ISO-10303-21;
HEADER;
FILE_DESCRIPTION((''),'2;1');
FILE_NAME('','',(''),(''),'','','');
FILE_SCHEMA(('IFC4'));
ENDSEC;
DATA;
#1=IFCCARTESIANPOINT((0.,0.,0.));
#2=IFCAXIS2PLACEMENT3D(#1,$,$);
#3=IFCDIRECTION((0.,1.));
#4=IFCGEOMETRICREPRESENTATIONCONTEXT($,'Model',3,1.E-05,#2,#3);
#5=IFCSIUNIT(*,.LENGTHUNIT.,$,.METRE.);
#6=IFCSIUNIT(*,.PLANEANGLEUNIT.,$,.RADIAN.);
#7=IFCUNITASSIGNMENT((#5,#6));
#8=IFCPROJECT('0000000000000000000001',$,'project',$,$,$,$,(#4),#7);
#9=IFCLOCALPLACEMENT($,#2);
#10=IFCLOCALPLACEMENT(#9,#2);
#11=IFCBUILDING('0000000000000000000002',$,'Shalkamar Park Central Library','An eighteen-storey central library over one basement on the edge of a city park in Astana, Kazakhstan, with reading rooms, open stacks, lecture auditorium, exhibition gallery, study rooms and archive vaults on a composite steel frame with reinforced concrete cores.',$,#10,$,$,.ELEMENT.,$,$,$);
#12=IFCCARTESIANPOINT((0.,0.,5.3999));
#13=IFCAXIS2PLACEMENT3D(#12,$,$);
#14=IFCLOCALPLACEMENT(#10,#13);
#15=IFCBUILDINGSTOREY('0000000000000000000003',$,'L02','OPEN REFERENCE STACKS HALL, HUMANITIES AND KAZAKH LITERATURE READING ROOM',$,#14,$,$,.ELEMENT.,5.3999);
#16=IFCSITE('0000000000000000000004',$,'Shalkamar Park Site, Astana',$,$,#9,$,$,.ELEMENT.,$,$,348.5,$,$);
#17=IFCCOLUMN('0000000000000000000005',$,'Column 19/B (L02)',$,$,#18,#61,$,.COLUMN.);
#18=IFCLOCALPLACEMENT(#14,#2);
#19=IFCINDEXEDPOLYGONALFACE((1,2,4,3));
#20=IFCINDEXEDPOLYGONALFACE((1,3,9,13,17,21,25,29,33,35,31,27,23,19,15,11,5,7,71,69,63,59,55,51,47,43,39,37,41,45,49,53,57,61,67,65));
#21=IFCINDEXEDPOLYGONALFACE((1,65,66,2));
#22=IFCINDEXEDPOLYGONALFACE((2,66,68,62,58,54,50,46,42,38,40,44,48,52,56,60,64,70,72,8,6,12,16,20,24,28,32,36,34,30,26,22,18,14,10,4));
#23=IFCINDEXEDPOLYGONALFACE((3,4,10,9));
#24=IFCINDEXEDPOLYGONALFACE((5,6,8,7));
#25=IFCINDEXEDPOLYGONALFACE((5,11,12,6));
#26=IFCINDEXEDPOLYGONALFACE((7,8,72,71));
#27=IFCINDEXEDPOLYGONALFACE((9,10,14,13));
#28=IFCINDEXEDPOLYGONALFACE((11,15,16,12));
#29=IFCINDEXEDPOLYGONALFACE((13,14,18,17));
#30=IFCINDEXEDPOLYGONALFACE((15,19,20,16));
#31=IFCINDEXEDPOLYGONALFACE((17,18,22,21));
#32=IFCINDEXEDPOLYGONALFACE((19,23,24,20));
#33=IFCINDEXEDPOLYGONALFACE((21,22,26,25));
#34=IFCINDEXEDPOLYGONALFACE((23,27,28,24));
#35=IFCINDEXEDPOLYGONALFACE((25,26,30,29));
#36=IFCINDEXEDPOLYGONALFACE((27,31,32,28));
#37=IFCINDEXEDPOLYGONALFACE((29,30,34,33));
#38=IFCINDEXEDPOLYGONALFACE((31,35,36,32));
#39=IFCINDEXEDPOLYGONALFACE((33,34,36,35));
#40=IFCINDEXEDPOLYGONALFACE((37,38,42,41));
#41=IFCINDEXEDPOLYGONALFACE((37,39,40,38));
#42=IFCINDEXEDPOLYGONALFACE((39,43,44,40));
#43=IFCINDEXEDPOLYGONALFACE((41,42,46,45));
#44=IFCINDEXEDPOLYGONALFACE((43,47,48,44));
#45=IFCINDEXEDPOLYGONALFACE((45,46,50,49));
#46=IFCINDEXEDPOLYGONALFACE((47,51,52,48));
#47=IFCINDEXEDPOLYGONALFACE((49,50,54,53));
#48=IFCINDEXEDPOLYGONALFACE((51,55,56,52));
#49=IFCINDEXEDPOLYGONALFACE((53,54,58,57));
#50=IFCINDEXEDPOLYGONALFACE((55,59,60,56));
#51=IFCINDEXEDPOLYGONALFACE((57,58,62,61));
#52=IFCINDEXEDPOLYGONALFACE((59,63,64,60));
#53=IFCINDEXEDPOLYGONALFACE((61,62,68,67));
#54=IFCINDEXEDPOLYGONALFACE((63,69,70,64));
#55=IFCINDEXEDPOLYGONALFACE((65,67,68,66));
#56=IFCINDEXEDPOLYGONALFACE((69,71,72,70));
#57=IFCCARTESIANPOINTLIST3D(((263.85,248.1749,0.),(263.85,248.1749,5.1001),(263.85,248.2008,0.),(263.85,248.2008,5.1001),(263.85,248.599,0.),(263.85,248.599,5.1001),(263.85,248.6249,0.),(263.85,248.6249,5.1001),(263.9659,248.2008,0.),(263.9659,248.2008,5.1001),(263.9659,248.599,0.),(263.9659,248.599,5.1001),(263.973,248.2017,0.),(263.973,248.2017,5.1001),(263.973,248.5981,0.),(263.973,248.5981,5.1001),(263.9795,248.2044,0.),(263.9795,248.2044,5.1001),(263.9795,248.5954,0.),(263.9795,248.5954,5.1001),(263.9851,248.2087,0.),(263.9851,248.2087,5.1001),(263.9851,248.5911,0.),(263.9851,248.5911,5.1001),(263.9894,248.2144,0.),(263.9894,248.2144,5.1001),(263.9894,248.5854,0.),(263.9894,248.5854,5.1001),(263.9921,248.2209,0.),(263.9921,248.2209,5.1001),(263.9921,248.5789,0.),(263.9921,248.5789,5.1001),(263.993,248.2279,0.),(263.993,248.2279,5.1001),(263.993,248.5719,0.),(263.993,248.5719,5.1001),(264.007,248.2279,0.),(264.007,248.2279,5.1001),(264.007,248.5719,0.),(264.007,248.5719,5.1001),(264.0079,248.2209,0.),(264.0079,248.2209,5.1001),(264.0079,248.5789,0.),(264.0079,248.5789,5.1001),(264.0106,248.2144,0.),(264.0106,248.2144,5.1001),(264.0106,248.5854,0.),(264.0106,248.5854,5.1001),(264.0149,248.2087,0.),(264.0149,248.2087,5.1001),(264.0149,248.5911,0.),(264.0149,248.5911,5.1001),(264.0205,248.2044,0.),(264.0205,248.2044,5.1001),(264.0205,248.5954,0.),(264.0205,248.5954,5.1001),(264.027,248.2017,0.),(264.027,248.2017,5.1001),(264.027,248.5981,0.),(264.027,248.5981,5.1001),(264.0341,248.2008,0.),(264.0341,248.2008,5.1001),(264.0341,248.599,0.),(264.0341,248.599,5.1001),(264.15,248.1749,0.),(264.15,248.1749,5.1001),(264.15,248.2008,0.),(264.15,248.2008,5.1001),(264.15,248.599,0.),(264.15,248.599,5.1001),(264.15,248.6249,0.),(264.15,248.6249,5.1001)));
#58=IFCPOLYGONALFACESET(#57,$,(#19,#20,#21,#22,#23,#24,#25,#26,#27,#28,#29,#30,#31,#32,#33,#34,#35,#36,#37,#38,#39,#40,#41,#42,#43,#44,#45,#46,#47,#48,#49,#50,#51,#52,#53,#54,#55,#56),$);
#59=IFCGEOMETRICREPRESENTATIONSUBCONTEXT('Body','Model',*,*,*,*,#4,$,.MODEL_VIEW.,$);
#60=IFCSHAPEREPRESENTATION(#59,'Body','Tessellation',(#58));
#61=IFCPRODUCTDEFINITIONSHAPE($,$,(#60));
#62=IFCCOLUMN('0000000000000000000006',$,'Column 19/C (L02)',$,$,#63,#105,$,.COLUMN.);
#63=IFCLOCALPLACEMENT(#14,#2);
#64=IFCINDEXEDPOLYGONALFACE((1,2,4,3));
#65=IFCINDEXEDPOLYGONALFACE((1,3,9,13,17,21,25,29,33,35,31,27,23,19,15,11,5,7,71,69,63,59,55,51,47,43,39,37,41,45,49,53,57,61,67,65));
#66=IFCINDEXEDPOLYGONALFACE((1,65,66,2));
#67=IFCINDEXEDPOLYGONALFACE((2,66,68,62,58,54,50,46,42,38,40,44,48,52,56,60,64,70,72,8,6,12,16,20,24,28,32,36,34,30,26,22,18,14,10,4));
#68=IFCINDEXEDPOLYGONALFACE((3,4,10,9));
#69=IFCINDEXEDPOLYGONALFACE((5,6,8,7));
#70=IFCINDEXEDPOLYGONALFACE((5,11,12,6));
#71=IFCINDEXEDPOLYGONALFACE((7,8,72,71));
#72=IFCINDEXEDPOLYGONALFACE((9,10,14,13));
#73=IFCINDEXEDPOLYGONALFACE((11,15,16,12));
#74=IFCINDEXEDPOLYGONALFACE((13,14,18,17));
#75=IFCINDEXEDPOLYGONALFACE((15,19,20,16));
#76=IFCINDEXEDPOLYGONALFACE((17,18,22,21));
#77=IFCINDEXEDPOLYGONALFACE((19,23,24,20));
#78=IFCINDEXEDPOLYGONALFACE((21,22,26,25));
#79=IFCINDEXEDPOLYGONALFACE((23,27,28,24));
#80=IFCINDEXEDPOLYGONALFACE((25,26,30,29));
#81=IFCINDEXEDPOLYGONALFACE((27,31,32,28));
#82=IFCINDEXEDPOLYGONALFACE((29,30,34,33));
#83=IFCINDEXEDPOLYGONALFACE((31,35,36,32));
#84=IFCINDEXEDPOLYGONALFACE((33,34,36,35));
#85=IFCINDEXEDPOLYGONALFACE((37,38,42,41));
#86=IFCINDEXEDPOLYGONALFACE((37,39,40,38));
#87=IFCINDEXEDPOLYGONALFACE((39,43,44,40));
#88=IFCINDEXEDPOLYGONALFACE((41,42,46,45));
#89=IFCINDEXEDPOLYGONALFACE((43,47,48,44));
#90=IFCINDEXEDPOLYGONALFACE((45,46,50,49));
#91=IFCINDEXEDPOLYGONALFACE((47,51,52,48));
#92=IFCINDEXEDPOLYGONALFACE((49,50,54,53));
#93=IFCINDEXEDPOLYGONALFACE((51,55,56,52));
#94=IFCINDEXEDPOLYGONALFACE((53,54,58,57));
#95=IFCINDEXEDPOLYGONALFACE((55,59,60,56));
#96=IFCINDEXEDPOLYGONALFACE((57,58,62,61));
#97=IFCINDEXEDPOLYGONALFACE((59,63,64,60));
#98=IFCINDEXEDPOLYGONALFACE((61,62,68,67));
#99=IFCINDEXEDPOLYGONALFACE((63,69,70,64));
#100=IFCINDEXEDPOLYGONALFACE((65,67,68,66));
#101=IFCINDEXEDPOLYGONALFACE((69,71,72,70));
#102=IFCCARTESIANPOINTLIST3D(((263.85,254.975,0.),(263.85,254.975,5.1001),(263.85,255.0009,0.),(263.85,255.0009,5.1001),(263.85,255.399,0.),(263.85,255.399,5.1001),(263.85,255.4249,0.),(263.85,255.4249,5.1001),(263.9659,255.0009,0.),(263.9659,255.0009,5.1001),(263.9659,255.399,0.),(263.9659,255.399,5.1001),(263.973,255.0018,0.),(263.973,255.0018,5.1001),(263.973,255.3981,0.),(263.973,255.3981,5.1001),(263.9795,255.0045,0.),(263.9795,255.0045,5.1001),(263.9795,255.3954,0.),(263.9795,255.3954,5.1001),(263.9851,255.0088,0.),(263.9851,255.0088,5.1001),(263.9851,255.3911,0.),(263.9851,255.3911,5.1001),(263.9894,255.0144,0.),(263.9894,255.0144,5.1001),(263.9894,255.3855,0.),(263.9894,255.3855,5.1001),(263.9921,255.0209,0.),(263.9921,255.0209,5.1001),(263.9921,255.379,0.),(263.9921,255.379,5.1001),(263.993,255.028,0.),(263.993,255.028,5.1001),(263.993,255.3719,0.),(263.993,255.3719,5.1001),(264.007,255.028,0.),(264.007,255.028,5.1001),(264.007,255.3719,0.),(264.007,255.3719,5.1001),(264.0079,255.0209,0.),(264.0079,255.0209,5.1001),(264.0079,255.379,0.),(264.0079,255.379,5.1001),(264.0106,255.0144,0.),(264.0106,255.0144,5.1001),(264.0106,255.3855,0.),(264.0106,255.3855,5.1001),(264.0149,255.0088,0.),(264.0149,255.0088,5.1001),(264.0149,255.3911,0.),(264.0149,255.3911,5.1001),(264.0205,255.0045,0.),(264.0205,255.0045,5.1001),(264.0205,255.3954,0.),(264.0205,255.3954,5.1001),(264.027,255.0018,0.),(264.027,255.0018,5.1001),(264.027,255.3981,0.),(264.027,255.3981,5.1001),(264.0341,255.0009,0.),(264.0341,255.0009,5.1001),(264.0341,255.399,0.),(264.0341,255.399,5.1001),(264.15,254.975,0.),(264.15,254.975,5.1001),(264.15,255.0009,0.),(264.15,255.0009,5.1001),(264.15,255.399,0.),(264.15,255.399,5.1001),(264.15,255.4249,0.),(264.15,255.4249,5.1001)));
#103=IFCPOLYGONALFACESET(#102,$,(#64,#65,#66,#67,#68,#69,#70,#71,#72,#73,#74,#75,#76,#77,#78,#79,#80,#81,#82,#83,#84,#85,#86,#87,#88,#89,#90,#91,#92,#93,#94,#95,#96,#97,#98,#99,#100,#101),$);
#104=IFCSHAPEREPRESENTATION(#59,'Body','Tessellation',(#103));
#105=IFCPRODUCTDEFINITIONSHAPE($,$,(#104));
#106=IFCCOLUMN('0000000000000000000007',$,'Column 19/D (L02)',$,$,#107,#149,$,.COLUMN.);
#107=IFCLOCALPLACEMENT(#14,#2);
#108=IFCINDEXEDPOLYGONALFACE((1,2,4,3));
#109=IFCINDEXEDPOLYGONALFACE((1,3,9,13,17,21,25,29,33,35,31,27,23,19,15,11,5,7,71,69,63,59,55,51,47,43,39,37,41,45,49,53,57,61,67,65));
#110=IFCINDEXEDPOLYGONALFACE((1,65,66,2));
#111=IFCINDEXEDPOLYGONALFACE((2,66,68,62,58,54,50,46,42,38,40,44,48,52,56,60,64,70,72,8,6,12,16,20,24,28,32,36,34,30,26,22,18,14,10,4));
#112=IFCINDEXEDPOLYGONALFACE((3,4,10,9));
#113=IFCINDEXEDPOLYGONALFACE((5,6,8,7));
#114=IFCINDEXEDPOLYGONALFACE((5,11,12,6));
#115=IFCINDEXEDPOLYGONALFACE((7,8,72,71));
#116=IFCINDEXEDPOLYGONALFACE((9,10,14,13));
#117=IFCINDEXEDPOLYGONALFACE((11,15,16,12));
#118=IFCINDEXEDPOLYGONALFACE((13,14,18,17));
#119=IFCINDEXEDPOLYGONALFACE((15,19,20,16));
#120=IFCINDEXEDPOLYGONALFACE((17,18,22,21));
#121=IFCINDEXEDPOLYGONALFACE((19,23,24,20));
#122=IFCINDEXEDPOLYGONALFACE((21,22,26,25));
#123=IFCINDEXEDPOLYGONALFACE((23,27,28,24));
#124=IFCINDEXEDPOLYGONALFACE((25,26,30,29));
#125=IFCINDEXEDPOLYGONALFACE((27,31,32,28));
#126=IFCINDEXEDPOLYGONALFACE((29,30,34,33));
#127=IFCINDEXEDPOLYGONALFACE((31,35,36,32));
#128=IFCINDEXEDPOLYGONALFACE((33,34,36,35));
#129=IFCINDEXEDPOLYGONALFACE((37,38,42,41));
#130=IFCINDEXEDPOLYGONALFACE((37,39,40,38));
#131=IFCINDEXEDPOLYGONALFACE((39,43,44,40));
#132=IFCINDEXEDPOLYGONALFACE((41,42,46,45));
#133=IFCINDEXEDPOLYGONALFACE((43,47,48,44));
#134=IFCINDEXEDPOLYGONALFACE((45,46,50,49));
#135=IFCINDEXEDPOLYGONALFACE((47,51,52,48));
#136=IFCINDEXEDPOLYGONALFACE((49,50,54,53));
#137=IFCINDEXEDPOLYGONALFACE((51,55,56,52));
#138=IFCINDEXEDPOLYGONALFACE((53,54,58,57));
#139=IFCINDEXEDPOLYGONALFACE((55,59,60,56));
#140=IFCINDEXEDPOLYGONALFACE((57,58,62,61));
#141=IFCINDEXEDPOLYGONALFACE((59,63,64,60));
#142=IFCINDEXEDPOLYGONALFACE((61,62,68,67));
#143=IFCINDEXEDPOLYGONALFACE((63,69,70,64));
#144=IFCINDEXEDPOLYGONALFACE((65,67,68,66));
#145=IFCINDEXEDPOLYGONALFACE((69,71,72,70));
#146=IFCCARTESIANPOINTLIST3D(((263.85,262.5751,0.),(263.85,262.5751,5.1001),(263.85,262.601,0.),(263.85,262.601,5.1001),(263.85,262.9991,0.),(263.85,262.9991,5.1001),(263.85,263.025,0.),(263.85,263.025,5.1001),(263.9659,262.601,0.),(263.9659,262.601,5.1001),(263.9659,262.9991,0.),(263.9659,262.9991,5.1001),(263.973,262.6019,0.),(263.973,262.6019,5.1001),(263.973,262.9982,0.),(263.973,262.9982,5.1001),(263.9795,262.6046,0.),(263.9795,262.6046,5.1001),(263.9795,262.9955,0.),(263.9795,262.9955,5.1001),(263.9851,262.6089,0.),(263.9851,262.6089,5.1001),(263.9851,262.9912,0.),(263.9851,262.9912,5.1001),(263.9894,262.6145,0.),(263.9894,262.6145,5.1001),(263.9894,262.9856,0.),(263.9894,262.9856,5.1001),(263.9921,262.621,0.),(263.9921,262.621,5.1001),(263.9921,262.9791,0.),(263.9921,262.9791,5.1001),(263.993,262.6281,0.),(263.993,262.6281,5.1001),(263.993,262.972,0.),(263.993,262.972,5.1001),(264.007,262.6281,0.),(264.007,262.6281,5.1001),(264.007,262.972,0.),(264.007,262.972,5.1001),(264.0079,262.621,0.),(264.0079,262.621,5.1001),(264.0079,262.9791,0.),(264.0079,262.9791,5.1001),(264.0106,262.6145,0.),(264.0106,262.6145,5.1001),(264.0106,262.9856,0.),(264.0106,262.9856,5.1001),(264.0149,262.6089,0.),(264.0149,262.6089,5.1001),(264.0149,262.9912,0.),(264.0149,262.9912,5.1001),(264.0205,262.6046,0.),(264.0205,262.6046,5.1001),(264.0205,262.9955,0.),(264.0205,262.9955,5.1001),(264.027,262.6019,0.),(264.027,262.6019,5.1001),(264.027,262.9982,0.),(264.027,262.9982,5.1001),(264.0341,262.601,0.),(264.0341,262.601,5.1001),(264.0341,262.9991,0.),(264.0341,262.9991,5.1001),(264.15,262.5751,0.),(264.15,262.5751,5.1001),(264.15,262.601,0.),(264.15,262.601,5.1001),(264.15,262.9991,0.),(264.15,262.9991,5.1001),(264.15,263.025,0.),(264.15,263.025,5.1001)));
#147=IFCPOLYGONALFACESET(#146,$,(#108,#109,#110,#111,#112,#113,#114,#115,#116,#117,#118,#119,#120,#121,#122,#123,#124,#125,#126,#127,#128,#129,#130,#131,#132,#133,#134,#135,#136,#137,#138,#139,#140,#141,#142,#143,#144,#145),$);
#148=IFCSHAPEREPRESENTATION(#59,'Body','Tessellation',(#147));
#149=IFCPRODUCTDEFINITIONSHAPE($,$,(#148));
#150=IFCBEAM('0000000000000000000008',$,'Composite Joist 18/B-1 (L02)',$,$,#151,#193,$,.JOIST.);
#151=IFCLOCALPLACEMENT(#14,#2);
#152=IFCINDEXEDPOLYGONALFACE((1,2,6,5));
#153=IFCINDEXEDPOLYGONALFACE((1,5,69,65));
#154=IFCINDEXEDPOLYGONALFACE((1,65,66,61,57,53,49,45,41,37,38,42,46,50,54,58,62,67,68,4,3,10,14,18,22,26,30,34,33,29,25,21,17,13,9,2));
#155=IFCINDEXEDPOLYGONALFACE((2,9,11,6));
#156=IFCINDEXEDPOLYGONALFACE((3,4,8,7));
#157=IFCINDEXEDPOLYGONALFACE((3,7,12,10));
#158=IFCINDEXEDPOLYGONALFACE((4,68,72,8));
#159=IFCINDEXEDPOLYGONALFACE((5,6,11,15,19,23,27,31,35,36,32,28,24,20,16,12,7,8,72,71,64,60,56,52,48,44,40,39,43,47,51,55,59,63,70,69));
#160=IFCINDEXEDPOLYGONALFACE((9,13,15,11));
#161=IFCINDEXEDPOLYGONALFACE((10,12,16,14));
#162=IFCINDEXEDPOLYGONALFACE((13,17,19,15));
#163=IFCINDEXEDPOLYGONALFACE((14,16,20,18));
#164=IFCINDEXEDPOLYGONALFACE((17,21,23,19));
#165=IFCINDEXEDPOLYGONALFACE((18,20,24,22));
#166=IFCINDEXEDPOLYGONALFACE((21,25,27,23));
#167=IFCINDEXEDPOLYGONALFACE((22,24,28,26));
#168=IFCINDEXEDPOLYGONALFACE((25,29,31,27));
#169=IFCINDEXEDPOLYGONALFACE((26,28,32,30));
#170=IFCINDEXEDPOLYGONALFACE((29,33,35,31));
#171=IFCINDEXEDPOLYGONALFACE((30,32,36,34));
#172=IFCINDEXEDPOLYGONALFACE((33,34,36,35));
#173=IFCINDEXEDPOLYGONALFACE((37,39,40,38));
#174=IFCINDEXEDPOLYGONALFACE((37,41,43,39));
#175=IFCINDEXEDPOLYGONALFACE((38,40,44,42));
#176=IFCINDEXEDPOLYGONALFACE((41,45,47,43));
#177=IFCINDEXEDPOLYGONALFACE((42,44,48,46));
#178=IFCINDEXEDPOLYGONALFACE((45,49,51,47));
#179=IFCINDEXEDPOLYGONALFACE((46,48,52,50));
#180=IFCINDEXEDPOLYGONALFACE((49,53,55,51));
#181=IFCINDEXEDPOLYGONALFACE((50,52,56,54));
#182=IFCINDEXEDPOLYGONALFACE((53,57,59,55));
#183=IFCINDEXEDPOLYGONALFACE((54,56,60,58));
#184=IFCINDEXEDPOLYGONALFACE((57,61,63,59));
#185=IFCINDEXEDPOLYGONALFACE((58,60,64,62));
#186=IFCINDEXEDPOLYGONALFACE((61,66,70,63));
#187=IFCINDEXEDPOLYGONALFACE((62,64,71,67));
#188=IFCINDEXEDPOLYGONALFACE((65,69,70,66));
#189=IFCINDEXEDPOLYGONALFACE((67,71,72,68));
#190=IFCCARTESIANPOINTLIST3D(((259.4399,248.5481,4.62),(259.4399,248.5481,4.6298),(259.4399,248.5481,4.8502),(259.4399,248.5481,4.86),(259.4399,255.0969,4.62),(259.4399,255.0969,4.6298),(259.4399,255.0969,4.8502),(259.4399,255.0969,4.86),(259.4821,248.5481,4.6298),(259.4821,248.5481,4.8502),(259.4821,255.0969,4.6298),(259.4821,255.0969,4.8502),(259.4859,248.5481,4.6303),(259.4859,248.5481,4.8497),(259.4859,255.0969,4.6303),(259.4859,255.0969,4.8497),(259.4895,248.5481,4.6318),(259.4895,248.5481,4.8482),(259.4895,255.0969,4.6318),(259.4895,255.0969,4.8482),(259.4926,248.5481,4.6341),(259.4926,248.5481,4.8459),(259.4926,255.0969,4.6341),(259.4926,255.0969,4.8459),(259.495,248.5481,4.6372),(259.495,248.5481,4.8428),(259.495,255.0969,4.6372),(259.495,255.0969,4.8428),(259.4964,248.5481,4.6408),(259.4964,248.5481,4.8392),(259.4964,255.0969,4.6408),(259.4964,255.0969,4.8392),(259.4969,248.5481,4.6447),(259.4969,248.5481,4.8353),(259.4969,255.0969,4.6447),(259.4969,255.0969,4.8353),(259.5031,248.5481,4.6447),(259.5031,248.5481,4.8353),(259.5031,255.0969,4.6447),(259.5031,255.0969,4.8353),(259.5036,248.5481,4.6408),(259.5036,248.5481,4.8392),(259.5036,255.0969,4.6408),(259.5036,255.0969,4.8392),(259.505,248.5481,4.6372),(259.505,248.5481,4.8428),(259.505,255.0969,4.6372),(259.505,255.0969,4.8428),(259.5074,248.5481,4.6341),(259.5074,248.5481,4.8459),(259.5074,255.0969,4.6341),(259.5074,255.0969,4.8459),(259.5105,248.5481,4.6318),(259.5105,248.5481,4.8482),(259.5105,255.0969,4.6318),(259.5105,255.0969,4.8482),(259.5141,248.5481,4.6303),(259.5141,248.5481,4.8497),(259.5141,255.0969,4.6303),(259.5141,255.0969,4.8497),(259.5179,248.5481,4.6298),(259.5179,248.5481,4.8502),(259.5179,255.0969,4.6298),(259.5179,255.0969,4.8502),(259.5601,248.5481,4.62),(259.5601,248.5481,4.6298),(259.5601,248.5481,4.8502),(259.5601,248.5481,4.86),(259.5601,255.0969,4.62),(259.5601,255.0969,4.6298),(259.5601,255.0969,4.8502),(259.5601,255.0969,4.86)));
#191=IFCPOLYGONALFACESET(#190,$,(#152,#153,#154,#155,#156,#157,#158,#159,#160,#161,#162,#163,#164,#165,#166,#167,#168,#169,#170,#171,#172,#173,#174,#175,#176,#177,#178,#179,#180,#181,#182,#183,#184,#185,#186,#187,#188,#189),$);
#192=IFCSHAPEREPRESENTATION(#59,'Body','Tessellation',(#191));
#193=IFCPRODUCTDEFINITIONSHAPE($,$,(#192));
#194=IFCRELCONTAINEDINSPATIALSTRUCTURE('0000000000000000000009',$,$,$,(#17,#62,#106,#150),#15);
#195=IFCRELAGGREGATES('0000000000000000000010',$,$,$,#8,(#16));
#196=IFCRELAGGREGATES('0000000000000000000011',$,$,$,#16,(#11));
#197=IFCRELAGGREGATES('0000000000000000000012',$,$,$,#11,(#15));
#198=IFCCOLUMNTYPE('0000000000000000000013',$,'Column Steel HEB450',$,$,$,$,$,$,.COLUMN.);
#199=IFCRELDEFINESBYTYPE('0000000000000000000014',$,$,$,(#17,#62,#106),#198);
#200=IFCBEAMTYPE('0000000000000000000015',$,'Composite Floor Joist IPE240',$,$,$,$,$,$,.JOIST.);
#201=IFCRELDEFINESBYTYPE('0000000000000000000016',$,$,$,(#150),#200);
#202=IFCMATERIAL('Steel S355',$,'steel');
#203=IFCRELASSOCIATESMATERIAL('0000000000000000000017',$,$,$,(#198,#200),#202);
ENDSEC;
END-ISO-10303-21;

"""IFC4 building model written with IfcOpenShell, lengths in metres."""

from ifc_helpers import new_model, si_unit, direction, frame, origin, origin_2d, place, context, subcontext, project, spatial, i_section, extrude, material, material_profile, profile_set, type_object, element, save


model = new_model("IFC4")

# Units and contexts
model_context = context("Model", 3, precision=1e-05, world=origin(), true_north=direction((0.0, 1.0)))
body_context = subcontext(model_context, "Body", "Model", "MODEL_VIEW")
ifc_project = project(units=[si_unit("LENGTHUNIT", "METRE"), si_unit("PLANEANGLEUNIT", "RADIAN")], contexts=[model_context])

# Site, building, storey
site_placement = place(None, origin())
site = spatial("IfcSite", under=ifc_project, at=site_placement, Name="Shalkamar Park Site, Astana", CompositionType="ELEMENT", RefElevation=348.5)
building_placement = place(site_placement, origin())
building = spatial("IfcBuilding", under=site, at=building_placement, Name="Shalkamar Park Central Library", Description="An eighteen-storey central library over one basement on the edge of a city park in Astana, Kazakhstan, with reading rooms, open stacks, lecture auditorium, exhibition gallery, study rooms and archive vaults on a composite steel frame with reinforced concrete cores.", CompositionType="ELEMENT")
storey_placement = place(building_placement, frame((0.0, 0.0, 5.3999)))
storey = spatial("IfcBuildingStorey", under=building, at=storey_placement, Name="L02", Description="OPEN REFERENCE STACKS HALL, HUMANITIES AND KAZAKH LITERATURE READING ROOM", CompositionType="ELEMENT", Elevation=5.3999)

# Columns
ifc_material_1 = material(Name="Steel S355", Category="steel")
ifc_material_profile_1 = material_profile(ifc_material_1, i_section(OverallWidth=0.3, OverallDepth=0.45, WebThickness=0.0139, FlangeThickness=0.0259, FilletRadius=0.0271, at=origin_2d()), Name="HEB 450")
ifc_profile_set_1 = profile_set([ifc_material_profile_1], Name="Steel S355")
column_type = type_object("IfcColumnType", Name="Column Steel HEB450", PredefinedType="COLUMN", material=ifc_profile_set_1)
for number, where, z_axis, x_axis, name in (
    (1, (264.0, 248.3999, 0.0), (0.0, 0.0, 1.0), (1.0, 0.0, 0.0), "Column 19/B (L02)"),
    (2, (264.0, 255.2, 0.0), (0.0, 0.0, 1.0), (1.0, 0.0, 0.0), "Column 19/C (L02)"),
    (3, (264.0, 262.8, 0.0), (0.0, 0.0, 1.0), (1.0, 0.0, 0.0), "Column 19/D (L02)"),
):
    element("IfcColumn", number, at=place(storey_placement, frame(where, z_axis=z_axis, x_axis=x_axis)), inside=storey, type_object=column_type, Name=name, PredefinedType="COLUMN", context=body_context, shape_type="SweptSolid", body=[
        extrude(i_section(OverallWidth=0.3, OverallDepth=0.45, WebThickness=0.0139, FlangeThickness=0.0259, FilletRadius=0.0271, at=origin_2d()), origin(), (0.0, 0.0, 1.0), 5.1001),
    ])

# Beam
ifc_material_profile_2 = material_profile(ifc_material_1, i_section(OverallWidth=0.1201, OverallDepth=0.24, WebThickness=0.0061, FlangeThickness=0.0098, FilletRadius=0.0149, at=origin_2d()), Name="IPE 240")
ifc_profile_set_2 = profile_set([ifc_material_profile_2], Name="Steel S355")
beam_type_1 = type_object("IfcBeamType", Name="Composite Floor Joist IPE240", PredefinedType="JOIST", material=ifc_profile_set_2)
beam_1_placement = place(storey_placement, frame((259.5, 248.5481, 4.74), z_axis=(0.0, 1.0, 0.0), x_axis=(-1.0, 0.0, 0.0)))
element("IfcBeam", 4, at=beam_1_placement, inside=storey, type_object=beam_type_1, Name="Composite Joist 18/B-1 (L02)", PredefinedType="JOIST", context=body_context, shape_type="SweptSolid", body=[
    extrude(i_section(OverallWidth=0.1201, OverallDepth=0.24, WebThickness=0.0061, FlangeThickness=0.0098, FilletRadius=0.0149, at=origin_2d()), origin(), (0.0, 0.0, 1.0), 6.5488),
])

save(model, "model.ifc")
